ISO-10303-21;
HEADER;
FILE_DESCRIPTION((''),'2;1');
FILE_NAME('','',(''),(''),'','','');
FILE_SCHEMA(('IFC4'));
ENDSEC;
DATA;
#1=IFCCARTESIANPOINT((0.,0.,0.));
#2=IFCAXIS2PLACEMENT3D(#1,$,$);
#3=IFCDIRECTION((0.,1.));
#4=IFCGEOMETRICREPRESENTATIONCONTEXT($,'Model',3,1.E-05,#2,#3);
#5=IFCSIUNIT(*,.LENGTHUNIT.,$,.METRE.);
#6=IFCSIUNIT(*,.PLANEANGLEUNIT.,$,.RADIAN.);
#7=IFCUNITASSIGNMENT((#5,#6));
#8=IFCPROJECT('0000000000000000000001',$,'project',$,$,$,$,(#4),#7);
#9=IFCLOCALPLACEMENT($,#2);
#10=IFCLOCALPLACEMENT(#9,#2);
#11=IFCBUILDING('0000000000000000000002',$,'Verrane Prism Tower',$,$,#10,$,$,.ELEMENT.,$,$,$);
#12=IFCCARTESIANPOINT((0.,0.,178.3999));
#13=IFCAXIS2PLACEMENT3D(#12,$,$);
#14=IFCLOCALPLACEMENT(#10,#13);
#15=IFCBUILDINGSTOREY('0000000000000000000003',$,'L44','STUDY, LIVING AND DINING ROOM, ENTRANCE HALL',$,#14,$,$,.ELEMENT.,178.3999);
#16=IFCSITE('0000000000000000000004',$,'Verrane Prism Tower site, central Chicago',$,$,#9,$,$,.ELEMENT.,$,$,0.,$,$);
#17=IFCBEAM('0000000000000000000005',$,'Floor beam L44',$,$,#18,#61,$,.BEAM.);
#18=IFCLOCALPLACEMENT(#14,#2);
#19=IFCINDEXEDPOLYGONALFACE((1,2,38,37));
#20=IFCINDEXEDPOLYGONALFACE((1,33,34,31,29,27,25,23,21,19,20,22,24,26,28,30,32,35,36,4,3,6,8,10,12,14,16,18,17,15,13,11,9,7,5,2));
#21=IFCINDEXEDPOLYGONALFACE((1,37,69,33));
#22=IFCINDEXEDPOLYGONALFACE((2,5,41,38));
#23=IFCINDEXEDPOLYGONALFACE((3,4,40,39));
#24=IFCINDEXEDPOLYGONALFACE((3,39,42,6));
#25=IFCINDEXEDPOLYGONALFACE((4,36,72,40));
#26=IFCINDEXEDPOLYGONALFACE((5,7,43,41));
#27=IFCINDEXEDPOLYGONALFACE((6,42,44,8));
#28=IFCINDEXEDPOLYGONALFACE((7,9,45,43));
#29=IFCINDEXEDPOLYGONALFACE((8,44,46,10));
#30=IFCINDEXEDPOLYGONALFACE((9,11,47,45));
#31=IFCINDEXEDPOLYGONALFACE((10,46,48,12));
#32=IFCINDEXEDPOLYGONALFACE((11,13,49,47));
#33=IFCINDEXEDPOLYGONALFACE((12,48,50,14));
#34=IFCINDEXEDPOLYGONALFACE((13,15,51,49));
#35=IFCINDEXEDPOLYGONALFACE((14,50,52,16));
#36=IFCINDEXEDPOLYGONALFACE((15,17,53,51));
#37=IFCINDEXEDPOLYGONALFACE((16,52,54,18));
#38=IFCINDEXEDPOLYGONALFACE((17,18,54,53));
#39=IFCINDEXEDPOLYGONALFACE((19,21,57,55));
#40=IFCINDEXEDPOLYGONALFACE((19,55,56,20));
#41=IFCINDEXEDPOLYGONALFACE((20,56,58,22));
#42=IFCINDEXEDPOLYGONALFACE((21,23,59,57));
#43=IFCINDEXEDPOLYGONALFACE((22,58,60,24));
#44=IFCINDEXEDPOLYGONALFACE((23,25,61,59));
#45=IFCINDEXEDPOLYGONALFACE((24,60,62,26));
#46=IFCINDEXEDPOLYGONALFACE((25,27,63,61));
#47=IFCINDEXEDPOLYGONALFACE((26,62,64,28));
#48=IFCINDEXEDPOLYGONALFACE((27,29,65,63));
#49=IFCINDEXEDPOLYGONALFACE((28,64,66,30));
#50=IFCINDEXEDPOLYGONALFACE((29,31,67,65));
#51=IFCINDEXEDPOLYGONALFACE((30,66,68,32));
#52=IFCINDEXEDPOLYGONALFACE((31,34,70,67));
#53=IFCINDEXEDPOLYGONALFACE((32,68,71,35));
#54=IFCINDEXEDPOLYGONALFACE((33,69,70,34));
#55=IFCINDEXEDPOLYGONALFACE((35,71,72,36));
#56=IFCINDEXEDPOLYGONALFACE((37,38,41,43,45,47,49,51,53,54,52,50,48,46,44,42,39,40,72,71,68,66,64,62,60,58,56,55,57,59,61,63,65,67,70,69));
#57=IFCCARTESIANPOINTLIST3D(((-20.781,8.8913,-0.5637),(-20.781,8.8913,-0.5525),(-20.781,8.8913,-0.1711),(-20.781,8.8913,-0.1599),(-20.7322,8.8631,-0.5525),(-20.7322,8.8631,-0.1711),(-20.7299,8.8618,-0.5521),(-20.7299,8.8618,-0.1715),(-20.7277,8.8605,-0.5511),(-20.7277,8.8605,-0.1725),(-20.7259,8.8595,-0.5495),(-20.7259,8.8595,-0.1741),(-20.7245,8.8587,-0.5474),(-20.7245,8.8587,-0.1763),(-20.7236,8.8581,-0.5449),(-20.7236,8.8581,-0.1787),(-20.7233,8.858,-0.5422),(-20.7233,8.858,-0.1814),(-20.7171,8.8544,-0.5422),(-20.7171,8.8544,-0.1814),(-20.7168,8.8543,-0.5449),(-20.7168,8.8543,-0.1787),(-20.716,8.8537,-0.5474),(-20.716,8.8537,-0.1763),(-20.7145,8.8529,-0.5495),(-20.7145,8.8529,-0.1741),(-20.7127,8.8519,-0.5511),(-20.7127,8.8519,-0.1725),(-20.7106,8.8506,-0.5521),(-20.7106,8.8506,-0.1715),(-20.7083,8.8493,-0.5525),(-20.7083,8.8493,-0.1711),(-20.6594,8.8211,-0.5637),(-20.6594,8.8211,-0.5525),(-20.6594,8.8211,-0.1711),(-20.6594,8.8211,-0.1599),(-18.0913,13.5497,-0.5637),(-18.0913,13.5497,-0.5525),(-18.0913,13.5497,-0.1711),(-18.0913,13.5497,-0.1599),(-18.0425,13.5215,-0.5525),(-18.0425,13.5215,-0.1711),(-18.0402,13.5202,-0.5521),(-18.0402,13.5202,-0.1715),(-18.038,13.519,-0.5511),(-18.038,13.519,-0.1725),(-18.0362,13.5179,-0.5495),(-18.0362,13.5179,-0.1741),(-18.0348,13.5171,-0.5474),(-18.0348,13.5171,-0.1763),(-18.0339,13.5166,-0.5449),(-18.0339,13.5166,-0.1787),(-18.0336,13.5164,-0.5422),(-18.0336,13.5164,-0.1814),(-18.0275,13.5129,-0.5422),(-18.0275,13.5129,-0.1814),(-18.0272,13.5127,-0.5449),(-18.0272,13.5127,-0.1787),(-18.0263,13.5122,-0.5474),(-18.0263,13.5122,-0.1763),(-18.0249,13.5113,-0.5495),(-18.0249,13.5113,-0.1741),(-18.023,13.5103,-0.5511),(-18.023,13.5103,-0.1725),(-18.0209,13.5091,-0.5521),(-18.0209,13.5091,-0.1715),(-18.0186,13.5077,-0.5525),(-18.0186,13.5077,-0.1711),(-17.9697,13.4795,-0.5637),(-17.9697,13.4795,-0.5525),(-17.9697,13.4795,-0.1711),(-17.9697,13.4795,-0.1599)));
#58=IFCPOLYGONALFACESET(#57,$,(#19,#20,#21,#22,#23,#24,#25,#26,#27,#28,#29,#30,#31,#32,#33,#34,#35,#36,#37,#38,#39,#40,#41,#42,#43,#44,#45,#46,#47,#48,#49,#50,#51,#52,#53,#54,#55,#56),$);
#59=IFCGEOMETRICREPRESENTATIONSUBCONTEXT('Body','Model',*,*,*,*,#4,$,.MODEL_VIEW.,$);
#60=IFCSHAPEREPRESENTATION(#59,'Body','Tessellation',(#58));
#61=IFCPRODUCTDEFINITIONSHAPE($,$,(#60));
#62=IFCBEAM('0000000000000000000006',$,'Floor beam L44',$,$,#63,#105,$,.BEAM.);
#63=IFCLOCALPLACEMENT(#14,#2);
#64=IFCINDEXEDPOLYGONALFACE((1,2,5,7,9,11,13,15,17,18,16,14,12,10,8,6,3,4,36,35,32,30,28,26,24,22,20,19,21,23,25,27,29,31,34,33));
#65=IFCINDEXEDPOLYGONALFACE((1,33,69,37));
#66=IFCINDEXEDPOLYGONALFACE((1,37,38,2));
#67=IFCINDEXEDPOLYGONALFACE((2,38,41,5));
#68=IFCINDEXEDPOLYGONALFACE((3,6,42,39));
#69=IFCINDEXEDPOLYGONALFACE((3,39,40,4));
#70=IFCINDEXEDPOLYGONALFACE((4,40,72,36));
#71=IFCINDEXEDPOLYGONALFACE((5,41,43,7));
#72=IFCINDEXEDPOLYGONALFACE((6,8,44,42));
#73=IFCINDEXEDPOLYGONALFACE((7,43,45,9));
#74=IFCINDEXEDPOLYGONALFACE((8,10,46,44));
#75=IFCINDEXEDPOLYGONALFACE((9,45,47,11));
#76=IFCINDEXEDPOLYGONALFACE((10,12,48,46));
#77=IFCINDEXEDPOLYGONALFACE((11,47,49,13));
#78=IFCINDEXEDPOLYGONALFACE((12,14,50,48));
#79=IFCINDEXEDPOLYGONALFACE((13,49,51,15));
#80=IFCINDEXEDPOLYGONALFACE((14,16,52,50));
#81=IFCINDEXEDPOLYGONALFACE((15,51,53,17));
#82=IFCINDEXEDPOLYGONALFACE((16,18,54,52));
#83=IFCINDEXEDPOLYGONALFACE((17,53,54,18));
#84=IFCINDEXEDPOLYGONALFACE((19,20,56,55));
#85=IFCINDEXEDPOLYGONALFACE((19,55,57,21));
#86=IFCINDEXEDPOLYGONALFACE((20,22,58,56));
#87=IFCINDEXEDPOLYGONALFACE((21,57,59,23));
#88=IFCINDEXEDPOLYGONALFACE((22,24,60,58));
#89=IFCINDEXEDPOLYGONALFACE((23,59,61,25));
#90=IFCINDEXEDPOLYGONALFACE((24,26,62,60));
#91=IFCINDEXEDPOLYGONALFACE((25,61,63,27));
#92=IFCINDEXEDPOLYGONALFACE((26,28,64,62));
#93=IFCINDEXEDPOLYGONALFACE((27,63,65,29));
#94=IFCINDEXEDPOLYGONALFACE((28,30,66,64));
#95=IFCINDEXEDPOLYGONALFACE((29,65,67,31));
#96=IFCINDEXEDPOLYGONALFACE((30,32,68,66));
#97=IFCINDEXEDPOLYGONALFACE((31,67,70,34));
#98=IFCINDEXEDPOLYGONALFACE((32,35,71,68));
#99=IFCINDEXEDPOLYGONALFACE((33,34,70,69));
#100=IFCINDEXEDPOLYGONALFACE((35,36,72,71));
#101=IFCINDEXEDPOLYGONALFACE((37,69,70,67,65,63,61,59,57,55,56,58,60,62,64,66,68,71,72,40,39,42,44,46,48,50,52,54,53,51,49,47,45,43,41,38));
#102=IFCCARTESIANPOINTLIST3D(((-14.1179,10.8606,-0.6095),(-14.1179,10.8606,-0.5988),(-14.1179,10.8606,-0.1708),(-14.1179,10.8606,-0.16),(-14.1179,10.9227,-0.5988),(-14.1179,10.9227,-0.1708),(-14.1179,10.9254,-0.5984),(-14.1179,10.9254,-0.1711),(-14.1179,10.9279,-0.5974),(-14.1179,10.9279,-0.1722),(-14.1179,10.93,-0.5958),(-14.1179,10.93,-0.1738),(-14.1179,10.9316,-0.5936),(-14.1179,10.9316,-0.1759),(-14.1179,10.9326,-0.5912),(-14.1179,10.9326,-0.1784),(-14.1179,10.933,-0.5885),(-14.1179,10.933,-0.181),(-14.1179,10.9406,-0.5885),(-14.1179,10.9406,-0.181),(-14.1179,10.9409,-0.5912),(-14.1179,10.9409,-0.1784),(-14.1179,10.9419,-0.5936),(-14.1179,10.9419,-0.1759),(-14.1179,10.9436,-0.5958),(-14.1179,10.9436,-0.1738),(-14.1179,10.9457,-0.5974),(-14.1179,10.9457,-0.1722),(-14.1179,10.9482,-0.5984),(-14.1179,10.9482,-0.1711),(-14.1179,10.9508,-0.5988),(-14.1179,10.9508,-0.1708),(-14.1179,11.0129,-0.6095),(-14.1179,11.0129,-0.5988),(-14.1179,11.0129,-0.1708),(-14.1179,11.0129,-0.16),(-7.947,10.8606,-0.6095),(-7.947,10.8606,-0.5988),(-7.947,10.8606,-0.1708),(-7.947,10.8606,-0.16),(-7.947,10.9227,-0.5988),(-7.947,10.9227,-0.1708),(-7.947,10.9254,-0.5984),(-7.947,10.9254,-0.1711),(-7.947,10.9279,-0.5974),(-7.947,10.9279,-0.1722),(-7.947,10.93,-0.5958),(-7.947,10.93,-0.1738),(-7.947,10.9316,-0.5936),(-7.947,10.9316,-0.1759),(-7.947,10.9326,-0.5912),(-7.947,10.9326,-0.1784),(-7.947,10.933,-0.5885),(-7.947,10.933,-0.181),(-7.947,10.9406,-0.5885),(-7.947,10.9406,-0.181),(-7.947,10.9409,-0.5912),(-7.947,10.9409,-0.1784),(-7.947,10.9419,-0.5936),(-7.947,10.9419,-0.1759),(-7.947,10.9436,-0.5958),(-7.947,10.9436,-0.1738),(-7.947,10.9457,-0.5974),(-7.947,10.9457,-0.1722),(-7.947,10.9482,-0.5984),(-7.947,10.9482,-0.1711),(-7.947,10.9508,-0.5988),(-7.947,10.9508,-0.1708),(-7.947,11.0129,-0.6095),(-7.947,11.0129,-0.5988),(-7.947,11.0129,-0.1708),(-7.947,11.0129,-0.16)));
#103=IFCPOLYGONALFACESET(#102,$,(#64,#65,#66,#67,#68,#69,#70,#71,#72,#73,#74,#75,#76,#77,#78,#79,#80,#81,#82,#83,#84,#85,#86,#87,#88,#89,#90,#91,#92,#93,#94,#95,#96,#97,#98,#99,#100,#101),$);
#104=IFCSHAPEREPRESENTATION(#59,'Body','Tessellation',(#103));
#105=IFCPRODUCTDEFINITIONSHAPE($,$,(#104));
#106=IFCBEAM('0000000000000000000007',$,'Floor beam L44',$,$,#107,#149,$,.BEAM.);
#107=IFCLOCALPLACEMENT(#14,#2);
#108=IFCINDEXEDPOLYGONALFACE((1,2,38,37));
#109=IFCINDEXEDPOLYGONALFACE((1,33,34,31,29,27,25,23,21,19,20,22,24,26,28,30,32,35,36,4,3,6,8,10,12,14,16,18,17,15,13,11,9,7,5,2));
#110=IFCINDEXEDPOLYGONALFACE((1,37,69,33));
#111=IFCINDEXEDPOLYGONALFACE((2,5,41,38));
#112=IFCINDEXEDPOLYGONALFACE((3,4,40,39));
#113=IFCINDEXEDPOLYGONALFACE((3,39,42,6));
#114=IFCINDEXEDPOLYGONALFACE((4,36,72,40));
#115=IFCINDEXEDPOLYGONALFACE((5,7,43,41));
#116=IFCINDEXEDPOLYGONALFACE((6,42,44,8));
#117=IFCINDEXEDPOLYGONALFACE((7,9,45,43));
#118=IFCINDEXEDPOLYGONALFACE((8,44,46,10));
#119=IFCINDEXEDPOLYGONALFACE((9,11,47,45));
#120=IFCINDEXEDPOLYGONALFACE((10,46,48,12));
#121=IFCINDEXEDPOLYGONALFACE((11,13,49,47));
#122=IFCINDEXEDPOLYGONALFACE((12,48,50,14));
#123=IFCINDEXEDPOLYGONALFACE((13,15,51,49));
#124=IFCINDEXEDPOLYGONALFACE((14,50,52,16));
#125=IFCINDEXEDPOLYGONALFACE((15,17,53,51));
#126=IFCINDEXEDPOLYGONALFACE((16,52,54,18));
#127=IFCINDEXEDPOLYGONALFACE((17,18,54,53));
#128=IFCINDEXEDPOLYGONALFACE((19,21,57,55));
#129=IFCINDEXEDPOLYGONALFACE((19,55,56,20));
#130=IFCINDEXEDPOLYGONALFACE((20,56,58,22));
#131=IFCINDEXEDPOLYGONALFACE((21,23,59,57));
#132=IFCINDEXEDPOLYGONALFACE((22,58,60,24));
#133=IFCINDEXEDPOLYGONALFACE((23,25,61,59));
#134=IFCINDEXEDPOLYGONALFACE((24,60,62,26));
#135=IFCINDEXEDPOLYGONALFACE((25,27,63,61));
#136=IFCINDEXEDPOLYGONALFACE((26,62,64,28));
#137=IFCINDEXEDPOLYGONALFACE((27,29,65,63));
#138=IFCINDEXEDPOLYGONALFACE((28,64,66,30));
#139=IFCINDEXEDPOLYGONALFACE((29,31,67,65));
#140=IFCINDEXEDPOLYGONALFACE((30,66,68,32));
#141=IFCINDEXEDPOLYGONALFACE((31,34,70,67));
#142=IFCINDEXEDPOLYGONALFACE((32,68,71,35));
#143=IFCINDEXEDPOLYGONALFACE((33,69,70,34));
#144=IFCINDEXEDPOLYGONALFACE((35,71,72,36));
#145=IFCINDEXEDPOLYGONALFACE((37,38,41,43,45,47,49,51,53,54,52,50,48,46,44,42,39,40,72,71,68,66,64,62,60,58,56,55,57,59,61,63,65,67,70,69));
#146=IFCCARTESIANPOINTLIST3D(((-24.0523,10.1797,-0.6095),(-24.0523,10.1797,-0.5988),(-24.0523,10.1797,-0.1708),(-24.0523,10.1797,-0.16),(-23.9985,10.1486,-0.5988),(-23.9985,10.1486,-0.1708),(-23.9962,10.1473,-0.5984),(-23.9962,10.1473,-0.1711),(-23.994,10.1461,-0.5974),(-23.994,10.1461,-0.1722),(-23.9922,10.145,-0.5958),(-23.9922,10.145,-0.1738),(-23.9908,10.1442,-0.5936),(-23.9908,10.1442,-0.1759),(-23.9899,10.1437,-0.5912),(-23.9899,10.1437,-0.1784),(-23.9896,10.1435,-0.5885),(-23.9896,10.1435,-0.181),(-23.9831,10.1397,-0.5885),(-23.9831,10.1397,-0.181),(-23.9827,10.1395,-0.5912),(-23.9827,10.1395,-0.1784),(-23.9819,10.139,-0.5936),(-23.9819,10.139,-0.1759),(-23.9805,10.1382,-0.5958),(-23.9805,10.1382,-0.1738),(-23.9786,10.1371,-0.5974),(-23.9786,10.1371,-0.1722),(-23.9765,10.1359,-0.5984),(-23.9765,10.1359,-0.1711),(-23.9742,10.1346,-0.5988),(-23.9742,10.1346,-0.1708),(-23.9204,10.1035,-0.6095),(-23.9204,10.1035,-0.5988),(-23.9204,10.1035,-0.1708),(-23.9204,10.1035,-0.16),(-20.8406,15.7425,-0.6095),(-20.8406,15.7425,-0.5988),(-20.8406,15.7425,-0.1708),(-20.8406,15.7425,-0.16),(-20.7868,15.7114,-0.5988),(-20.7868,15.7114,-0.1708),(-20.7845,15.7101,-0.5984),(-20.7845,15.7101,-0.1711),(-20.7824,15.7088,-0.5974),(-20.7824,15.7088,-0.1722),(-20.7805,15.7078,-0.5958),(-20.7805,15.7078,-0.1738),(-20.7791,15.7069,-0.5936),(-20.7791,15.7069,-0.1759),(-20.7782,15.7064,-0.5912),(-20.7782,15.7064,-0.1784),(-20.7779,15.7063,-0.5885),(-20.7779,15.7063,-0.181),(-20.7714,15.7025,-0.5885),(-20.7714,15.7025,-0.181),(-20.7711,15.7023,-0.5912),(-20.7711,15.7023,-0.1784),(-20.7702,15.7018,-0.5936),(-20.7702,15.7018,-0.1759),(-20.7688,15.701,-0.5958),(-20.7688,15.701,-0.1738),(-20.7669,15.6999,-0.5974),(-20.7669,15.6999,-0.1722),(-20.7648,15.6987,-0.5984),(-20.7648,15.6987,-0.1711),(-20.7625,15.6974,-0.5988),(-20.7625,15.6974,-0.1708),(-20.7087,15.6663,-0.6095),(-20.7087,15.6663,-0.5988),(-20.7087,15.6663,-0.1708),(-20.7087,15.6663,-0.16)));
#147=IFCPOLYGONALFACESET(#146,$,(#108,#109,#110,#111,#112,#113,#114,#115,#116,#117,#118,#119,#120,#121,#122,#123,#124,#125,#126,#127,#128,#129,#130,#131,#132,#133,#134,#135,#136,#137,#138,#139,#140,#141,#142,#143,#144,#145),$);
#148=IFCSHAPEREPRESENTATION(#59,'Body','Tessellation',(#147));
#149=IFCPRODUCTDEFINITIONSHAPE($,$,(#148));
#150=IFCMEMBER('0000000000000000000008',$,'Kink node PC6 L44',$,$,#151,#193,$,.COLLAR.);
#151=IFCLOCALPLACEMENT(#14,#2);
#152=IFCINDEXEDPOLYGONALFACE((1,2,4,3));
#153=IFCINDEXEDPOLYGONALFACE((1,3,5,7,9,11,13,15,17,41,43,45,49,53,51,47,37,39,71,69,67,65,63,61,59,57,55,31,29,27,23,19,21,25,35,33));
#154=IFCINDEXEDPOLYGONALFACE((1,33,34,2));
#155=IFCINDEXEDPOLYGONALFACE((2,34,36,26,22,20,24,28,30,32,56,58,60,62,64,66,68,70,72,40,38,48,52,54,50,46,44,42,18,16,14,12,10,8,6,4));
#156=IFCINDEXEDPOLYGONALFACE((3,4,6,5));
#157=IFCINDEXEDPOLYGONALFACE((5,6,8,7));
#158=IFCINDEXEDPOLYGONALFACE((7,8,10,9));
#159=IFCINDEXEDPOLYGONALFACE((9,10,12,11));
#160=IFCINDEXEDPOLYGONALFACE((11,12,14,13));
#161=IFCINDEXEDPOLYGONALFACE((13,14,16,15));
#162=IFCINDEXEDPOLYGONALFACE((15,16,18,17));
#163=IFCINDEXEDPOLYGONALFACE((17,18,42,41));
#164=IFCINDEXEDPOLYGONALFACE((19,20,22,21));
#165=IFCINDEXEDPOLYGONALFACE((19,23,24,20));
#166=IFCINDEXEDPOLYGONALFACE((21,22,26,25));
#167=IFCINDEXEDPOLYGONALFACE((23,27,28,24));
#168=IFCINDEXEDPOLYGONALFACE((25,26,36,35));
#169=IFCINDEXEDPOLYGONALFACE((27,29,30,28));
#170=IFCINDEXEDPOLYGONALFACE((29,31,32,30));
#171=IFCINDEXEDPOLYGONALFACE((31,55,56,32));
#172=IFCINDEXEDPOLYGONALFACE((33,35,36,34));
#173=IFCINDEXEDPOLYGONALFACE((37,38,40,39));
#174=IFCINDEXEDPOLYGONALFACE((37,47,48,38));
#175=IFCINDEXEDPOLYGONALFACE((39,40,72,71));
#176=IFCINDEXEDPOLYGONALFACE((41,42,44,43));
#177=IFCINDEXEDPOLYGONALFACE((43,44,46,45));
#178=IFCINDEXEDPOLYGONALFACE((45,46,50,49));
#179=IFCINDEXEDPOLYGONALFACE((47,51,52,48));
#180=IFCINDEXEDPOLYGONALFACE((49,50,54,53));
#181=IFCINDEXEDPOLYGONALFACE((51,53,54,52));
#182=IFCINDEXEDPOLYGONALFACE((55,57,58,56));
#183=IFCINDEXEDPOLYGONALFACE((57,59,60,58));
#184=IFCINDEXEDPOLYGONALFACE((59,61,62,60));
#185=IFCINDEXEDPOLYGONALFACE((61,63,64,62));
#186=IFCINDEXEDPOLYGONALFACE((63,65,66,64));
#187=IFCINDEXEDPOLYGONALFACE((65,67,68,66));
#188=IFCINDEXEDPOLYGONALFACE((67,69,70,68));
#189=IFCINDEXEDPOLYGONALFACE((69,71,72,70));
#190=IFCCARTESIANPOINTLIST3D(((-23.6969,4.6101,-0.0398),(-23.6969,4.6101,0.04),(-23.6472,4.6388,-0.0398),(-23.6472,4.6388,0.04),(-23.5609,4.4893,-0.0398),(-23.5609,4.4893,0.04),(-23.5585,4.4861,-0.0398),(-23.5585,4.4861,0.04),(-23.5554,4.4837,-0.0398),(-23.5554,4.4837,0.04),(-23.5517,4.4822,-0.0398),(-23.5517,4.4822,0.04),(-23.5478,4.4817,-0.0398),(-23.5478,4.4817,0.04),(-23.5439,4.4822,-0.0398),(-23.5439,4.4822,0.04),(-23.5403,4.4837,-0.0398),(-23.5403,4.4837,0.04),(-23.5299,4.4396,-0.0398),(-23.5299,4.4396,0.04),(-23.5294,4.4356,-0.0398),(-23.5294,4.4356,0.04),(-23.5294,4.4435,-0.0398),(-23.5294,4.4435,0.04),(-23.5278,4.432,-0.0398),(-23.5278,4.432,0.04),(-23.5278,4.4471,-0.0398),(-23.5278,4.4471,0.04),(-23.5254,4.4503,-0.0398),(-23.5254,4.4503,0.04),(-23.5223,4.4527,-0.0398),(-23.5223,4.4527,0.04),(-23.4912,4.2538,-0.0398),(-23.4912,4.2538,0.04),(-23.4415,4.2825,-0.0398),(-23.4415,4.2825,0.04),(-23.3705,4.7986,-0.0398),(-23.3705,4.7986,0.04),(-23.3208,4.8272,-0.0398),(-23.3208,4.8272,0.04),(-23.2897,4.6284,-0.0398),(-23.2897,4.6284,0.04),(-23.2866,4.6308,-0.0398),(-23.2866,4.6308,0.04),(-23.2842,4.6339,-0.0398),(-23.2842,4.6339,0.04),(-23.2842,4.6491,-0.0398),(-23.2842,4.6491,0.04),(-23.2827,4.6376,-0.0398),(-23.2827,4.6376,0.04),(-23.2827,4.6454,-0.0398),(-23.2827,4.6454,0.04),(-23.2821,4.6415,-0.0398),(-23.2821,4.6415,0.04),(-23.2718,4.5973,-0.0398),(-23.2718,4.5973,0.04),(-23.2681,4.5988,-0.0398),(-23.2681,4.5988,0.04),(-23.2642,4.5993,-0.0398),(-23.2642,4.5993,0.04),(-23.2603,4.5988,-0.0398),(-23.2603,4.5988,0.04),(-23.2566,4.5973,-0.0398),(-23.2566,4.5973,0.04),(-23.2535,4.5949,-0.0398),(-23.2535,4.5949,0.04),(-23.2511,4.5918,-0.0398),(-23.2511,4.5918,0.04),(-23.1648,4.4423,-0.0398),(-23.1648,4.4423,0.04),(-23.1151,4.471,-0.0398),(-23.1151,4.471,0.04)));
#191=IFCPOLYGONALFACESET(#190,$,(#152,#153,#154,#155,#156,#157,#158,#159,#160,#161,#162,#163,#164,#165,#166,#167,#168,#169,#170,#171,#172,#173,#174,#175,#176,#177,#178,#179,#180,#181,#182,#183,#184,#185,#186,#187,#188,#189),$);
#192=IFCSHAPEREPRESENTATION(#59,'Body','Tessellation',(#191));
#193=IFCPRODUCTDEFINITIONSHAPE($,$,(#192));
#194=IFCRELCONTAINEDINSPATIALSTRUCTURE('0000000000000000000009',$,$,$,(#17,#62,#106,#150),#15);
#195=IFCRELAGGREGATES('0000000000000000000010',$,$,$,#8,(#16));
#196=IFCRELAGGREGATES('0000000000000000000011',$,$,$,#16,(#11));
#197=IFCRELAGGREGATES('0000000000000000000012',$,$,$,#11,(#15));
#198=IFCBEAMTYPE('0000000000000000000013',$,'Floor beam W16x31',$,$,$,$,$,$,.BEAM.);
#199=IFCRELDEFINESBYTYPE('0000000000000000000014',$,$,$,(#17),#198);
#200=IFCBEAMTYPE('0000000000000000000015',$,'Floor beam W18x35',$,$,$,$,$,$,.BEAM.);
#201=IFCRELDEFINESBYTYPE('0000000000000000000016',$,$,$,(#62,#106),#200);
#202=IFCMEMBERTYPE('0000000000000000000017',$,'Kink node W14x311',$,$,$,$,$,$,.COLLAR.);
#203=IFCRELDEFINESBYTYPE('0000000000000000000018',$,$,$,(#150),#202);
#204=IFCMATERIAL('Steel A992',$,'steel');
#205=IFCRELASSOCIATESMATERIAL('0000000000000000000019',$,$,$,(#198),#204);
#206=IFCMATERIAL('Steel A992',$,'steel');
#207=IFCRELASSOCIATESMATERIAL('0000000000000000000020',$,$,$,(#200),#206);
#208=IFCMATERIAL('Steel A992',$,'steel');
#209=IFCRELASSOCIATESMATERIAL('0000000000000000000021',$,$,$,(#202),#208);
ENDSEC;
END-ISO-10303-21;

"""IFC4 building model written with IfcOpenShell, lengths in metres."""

from ifc_helpers import new_model, si_unit, direction, frame, origin, origin_2d, place, context, subcontext, project, spatial, i_section, extrude, material, material_profile, profile_set, type_object, element, save


model = new_model("IFC4")

# Units and contexts
model_context = context("Model", 3, precision=1e-05, world=origin(), true_north=direction((0.0, 1.0)))
body_context = subcontext(model_context, "Body", "Model", "MODEL_VIEW")
ifc_project = project(units=[si_unit("LENGTHUNIT", "METRE"), si_unit("PLANEANGLEUNIT", "RADIAN")], contexts=[model_context])

# Site, building, storey
site_placement = place(None, origin())
site = spatial("IfcSite", under=ifc_project, at=site_placement, Name="Verrane Prism Tower site, central Chicago", CompositionType="ELEMENT", RefElevation=0.0)
building_placement = place(site_placement, origin())
building = spatial("IfcBuilding", under=site, at=building_placement, Name="Verrane Prism Tower", CompositionType="ELEMENT")
storey_placement = place(building_placement, frame((0.0, 0.0, 178.3999)))
storey = spatial("IfcBuildingStorey", under=building, at=storey_placement, Name="L44", Description="STUDY, LIVING AND DINING ROOM, ENTRANCE HALL", CompositionType="ELEMENT", Elevation=178.3999)

# Beams
ifc_material_1 = material(Name="Steel A992", Category="steel")
ifc_material_profile_1 = material_profile(ifc_material_1, i_section(OverallWidth=0.1404, OverallDepth=0.4038, WebThickness=0.0071, FlangeThickness=0.0112, FilletRadius=0.0103, at=origin_2d()), Name="W16x31")
ifc_profile_set_1 = profile_set([ifc_material_profile_1], Name="Steel A992")
beam_type_1 = type_object("IfcBeamType", Name="Floor beam W16x31", PredefinedType="BEAM", material=ifc_profile_set_1)
beam_1_placement = place(storey_placement, frame((-20.7202, 8.8562, -0.3618), z_axis=(0.50002, 0.866014, 0.0), x_axis=(-0.866014, 0.50002, 0.0)))
element("IfcBeam", 1, at=beam_1_placement, inside=storey, type_object=beam_type_1, Name="Floor beam L44", PredefinedType="BEAM", context=body_context, shape_type="SweptSolid", body=[
    extrude(i_section(OverallWidth=0.1404, OverallDepth=0.4038, WebThickness=0.0071, FlangeThickness=0.0112, FilletRadius=0.0103, at=origin_2d()), origin(), (0.0, 0.0, 1.0), 5.3792),
])
ifc_material_2 = material(Name="Steel A992", Category="steel")
ifc_material_profile_2 = material_profile(ifc_material_2, i_section(OverallWidth=0.1523, OverallDepth=0.4495, WebThickness=0.0076, FlangeThickness=0.0107, FilletRadius=0.0103, at=origin_2d()), Name="W18x35")
ifc_profile_set_2 = profile_set([ifc_material_profile_2], Name="Steel A992")
beam_type_2 = type_object("IfcBeamType", Name="Floor beam W18x35", PredefinedType="BEAM", material=ifc_profile_set_2)
beam_2_placement = place(storey_placement, frame((-14.1179, 10.9368, -0.3848), z_axis=(1.0, 0.0, 0.0), x_axis=(0.0, 1.0, 0.0)))
element("IfcBeam", 2, at=beam_2_placement, inside=storey, type_object=beam_type_2, Name="Floor beam L44", PredefinedType="BEAM", context=body_context, shape_type="SweptSolid", body=[
    extrude(i_section(OverallWidth=0.1523, OverallDepth=0.4495, WebThickness=0.0076, FlangeThickness=0.0107, FilletRadius=0.0103, at=origin_2d()), origin(), (0.0, 0.0, 1.0), 6.1709),
])
beam_3_placement = place(storey_placement, frame((-23.9863, 10.1416, -0.3848), z_axis=(0.500002, 0.866024, 0.0), x_axis=(-0.866024, 0.500002, 0.0)))
element("IfcBeam", 3, at=beam_3_placement, inside=storey, type_object=beam_type_2, Name="Floor beam L44", PredefinedType="BEAM", context=body_context, shape_type="SweptSolid", body=[
    extrude(i_section(OverallWidth=0.1523, OverallDepth=0.4495, WebThickness=0.0076, FlangeThickness=0.0107, FilletRadius=0.0103, at=origin_2d()), origin(), (0.0, 0.0, 1.0), 6.4233),
])

# Member
ifc_material_3 = material(Name="Steel A992", Category="steel")
ifc_material_profile_3 = material_profile(ifc_material_3, i_section(OverallWidth=0.4114, OverallDepth=0.4343, WebThickness=0.0359, FlangeThickness=0.0574, FilletRadius=0.0151, at=origin_2d()), Name="W14x311")
ifc_profile_set_3 = profile_set([ifc_material_profile_3], Name="Steel A992")
member_type_1 = type_object("IfcMemberType", Name="Kink node W14x311", PredefinedType="COLLAR", material=ifc_profile_set_3)
member_1_placement = place(storey_placement, frame((-23.406, 4.5405, -0.0398), z_axis=(0.0, 0.0, 1.0), x_axis=(-0.5, 0.866025, 0.0)))
element("IfcMember", 4, at=member_1_placement, inside=storey, type_object=member_type_1, Name="Kink node PC6 L44", PredefinedType="COLLAR", context=body_context, shape_type="SweptSolid", body=[
    extrude(i_section(OverallWidth=0.4114, OverallDepth=0.4343, WebThickness=0.0359, FlangeThickness=0.0574, FilletRadius=0.0151, at=origin_2d()), origin(), (0.0, 0.0, 1.0), 0.0798),
])

save(model, "model.ifc")
